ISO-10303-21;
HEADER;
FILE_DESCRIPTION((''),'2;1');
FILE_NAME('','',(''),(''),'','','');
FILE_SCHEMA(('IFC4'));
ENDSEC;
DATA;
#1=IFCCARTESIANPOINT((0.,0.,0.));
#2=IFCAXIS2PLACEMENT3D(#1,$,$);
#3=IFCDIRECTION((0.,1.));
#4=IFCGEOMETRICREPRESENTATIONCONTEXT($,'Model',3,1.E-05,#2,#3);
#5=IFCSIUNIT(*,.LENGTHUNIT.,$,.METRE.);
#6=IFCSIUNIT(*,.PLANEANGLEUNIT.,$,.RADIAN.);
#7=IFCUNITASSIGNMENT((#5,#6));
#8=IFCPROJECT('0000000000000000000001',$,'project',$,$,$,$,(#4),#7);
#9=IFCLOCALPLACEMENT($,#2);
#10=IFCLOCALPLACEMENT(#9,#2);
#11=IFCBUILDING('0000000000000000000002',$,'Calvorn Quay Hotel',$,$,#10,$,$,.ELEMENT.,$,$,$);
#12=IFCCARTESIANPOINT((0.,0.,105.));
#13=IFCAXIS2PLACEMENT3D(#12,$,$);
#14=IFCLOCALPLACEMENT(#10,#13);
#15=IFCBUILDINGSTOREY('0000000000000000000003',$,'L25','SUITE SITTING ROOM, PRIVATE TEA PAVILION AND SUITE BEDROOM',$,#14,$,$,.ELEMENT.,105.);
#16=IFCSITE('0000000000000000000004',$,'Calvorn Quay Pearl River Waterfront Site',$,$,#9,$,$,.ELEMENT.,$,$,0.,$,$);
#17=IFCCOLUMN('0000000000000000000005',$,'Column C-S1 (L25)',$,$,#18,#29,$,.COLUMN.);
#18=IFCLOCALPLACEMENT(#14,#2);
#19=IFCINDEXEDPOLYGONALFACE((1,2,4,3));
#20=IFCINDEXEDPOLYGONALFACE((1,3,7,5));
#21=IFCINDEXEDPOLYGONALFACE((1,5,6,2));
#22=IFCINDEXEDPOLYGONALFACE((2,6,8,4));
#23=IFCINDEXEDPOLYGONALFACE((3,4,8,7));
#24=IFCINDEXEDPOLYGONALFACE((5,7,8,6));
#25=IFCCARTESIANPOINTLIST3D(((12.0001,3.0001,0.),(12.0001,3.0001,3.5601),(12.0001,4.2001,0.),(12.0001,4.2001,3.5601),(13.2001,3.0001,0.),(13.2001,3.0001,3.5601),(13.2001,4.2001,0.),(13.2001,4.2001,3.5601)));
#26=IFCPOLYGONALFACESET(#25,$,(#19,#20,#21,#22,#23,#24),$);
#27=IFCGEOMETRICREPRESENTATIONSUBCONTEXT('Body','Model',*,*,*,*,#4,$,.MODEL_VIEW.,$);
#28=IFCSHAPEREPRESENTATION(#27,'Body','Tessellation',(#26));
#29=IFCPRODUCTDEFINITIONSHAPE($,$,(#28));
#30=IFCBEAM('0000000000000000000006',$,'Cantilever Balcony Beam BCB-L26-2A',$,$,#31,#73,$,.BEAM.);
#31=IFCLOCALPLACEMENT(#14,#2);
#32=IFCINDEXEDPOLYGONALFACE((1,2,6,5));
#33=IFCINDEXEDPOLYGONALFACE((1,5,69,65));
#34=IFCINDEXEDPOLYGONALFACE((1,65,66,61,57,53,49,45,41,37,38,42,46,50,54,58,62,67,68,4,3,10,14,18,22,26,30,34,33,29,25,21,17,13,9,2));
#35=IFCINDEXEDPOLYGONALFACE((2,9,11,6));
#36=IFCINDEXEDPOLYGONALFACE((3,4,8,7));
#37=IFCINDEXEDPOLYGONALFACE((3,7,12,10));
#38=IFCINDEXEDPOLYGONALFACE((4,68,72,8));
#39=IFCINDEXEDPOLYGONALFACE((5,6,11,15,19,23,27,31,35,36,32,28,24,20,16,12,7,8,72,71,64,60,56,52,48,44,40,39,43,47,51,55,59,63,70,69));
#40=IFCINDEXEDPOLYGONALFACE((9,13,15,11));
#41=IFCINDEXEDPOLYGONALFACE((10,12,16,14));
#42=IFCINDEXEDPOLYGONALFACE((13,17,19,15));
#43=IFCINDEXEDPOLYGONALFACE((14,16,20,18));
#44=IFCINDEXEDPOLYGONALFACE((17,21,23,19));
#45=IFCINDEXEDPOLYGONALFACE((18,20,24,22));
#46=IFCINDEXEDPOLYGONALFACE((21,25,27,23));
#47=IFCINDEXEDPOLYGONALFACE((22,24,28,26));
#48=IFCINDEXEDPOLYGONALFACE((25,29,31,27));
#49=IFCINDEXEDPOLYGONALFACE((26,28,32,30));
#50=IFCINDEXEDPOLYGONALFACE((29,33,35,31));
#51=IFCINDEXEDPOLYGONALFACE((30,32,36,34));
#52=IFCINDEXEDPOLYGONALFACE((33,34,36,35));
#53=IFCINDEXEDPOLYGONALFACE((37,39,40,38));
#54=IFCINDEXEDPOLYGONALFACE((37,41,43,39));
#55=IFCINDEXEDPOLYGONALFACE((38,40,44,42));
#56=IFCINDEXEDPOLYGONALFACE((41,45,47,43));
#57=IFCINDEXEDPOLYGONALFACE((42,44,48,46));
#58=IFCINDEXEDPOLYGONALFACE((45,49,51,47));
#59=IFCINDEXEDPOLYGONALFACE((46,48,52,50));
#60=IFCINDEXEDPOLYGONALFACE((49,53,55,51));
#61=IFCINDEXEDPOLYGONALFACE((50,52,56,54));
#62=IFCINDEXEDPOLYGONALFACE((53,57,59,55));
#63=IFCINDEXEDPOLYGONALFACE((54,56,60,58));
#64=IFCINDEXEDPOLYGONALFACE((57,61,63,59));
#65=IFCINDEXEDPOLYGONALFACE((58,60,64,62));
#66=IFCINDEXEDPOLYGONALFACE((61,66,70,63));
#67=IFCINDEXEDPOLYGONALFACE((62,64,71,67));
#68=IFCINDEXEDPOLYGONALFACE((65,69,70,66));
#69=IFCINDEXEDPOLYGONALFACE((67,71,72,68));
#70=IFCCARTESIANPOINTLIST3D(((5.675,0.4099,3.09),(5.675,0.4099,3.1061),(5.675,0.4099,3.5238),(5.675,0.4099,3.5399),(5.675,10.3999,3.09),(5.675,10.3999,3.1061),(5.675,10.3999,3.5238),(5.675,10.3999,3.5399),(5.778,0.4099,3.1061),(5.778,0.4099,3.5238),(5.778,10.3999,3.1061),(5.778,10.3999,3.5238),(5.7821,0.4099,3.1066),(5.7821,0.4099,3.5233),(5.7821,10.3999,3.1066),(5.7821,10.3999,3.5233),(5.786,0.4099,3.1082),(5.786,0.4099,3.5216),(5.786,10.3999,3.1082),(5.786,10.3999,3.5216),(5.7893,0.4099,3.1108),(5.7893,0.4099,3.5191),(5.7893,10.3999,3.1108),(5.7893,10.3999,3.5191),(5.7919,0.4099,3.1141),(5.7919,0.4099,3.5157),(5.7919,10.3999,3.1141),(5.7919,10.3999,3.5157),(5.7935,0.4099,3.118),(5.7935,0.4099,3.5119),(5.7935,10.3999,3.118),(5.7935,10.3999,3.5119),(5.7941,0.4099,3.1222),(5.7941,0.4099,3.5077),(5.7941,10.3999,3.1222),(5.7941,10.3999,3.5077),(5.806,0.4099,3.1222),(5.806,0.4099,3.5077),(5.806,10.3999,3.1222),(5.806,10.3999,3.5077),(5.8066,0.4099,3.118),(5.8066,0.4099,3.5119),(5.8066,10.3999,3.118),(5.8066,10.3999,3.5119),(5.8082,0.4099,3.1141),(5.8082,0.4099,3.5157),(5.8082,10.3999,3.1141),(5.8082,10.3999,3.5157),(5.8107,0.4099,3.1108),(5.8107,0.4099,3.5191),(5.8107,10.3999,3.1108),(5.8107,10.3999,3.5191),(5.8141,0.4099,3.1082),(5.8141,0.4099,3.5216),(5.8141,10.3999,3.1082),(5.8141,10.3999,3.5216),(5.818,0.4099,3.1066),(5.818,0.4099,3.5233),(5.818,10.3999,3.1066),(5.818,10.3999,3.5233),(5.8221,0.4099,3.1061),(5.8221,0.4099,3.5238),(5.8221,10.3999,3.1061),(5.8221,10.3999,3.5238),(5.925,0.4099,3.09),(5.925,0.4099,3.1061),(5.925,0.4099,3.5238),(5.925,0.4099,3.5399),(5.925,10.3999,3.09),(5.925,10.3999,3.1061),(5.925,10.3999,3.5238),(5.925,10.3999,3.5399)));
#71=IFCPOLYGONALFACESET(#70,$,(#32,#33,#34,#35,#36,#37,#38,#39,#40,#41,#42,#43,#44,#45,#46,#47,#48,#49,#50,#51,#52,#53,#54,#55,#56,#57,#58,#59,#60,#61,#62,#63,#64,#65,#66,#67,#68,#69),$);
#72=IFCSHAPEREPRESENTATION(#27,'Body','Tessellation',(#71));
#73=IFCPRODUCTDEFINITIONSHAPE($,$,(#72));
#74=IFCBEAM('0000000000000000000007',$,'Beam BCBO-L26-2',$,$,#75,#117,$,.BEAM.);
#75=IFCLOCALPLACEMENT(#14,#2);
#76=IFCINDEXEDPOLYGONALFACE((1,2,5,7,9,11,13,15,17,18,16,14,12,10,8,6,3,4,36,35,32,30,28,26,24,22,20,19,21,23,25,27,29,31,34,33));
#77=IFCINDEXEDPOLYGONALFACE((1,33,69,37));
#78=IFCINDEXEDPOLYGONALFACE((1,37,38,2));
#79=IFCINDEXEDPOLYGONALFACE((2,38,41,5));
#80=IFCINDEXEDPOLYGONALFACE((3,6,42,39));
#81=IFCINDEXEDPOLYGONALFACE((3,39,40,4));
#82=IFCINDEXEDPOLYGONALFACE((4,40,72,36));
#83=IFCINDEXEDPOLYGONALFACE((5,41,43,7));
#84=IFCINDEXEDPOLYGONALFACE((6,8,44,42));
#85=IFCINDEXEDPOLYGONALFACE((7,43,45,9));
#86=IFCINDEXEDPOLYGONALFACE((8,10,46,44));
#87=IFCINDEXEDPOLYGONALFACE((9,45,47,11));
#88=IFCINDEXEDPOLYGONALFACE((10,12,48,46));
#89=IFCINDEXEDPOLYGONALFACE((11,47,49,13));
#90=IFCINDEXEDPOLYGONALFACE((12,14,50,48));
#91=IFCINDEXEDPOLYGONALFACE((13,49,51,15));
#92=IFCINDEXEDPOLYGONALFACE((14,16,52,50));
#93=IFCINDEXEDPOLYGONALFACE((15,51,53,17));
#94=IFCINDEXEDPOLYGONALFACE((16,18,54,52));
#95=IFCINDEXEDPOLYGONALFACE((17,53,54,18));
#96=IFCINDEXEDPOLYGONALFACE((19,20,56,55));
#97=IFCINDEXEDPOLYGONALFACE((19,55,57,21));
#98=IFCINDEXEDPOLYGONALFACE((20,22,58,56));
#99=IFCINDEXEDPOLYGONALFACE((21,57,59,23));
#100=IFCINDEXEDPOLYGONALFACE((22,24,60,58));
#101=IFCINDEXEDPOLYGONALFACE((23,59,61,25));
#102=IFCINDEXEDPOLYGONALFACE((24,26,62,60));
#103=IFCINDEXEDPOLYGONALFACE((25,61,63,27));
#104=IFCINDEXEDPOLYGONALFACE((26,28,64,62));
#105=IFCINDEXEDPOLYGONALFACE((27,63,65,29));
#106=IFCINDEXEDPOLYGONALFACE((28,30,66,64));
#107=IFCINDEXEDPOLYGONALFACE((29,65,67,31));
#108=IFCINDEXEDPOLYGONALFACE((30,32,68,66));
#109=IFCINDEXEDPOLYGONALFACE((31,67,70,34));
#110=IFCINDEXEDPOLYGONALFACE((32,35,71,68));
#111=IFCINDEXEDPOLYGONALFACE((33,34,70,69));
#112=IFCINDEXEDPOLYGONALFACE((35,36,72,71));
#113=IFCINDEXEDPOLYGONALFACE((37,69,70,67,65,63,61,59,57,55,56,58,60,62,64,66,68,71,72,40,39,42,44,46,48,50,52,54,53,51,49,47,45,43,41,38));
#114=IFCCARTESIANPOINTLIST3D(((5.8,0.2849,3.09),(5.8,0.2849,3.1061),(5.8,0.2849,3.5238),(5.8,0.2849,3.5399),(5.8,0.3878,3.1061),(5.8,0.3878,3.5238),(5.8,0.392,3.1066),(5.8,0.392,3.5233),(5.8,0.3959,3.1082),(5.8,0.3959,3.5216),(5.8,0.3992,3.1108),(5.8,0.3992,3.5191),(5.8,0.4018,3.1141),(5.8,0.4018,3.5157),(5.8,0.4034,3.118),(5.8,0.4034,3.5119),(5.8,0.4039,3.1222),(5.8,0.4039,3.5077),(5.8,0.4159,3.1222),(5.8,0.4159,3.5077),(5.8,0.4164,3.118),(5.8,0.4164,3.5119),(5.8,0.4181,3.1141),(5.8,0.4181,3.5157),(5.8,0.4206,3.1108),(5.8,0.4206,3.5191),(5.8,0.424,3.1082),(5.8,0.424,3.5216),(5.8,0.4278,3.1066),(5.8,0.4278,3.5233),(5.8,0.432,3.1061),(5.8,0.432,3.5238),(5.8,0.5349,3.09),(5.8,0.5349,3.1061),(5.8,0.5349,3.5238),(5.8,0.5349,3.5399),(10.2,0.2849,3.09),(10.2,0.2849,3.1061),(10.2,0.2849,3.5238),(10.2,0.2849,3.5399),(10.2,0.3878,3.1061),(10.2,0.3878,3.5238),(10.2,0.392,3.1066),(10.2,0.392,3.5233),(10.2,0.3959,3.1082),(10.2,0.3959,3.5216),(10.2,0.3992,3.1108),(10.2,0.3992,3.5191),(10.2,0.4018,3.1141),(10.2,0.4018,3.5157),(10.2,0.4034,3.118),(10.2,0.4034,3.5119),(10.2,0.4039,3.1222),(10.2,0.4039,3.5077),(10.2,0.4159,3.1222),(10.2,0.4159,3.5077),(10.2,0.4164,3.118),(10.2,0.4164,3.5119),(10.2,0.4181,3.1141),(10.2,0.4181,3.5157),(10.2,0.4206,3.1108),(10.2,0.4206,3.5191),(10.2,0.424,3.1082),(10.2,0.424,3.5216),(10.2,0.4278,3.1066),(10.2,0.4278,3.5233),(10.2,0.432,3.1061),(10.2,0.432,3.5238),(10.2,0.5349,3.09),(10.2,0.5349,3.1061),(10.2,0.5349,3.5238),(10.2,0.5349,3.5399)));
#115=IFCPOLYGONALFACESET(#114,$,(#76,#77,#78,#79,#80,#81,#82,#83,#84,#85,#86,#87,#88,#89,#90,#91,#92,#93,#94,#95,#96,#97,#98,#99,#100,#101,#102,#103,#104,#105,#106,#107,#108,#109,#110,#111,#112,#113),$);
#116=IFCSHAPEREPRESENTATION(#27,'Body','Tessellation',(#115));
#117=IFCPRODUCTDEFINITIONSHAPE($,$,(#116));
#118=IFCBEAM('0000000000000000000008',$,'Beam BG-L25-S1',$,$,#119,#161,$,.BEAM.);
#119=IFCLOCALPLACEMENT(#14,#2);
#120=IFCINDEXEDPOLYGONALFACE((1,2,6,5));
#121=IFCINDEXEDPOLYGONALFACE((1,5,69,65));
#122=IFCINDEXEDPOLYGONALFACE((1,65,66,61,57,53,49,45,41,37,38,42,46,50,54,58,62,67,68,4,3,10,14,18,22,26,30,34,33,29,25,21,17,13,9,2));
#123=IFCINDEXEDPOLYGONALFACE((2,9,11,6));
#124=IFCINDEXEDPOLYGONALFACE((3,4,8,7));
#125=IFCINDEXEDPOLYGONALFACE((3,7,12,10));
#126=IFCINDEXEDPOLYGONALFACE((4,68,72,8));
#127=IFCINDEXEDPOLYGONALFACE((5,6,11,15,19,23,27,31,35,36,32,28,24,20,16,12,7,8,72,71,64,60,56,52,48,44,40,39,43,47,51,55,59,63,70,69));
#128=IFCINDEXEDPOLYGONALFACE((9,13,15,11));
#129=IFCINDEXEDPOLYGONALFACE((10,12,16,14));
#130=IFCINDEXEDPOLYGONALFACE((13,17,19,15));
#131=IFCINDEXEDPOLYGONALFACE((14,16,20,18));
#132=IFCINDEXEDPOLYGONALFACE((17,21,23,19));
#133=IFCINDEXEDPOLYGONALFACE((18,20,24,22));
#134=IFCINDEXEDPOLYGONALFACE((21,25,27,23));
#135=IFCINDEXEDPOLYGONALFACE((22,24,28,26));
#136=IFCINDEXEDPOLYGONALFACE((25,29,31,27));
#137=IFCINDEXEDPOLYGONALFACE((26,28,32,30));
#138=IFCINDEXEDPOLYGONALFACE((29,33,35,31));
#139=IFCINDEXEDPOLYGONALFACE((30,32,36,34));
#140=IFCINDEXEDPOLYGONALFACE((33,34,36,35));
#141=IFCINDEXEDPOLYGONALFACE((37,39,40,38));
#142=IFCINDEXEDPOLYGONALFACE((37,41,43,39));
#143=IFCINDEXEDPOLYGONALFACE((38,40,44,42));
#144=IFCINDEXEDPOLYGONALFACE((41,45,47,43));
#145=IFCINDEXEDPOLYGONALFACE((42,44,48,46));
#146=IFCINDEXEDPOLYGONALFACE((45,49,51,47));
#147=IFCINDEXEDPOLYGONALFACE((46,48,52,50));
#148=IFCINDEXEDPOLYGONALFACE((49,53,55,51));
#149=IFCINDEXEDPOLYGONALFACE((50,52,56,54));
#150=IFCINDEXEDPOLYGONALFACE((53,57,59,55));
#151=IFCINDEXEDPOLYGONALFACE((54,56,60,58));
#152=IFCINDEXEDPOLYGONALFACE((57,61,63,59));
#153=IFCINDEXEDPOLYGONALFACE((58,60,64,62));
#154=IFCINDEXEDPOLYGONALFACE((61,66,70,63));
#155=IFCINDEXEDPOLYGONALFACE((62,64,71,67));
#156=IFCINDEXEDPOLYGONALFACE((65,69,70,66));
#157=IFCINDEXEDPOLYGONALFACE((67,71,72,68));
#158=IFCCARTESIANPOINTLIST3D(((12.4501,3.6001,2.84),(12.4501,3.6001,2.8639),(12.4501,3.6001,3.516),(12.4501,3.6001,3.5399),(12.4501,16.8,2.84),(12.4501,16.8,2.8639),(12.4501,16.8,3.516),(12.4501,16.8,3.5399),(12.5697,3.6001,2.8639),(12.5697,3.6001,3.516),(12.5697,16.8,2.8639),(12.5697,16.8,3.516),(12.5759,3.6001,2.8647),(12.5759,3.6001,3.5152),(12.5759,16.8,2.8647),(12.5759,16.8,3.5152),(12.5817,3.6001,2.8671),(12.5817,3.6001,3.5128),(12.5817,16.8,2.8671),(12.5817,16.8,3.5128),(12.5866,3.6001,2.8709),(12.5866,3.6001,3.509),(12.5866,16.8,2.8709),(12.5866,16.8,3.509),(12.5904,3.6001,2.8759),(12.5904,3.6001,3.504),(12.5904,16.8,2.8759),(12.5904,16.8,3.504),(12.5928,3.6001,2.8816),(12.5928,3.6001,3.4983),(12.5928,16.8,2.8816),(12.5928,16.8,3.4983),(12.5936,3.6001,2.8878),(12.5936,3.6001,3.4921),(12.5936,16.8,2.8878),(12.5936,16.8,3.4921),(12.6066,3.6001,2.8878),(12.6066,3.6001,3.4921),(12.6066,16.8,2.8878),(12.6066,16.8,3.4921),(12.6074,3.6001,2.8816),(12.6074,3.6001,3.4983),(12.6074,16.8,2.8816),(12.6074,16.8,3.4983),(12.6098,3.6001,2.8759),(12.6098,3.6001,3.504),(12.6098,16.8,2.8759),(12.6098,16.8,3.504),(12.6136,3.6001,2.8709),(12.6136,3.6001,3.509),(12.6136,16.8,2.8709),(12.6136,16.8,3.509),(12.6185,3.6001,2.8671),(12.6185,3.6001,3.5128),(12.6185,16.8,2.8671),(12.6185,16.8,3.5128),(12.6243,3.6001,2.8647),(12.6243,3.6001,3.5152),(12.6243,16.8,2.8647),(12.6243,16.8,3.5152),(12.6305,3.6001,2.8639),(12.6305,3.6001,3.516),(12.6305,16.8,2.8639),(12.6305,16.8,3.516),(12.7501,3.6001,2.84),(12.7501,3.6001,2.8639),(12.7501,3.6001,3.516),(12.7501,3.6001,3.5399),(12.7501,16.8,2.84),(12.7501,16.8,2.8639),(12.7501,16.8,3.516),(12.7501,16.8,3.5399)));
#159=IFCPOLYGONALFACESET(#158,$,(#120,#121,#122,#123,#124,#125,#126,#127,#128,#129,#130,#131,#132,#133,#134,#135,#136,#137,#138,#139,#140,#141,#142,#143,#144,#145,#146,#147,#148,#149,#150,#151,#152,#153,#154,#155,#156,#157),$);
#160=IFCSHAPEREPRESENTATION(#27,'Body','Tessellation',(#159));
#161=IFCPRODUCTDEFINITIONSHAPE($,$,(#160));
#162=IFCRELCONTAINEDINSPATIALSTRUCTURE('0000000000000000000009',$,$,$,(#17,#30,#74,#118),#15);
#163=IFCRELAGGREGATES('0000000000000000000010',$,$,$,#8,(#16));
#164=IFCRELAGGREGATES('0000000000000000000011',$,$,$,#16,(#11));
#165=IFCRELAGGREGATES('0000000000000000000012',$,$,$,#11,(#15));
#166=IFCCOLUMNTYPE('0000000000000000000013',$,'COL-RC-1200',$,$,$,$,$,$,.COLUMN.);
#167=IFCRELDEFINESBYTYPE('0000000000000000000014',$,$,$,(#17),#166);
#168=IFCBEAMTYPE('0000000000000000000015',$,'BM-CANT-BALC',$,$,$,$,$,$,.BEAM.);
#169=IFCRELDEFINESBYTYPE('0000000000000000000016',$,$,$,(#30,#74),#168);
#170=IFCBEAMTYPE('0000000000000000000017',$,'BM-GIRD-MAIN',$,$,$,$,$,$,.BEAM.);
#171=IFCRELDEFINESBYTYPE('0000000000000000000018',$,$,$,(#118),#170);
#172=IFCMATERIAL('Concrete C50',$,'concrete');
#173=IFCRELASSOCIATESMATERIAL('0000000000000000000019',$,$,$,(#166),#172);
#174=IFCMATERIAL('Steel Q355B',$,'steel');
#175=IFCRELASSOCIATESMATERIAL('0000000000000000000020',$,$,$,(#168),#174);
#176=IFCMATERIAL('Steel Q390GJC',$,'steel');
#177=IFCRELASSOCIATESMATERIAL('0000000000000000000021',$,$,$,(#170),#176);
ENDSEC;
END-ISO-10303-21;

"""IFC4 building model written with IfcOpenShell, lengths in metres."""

from ifc_helpers import new_model, si_unit, direction, frame, origin, origin_2d, place, context, subcontext, project, spatial, rectangle, i_section, extrude, material, material_profile, profile_set, type_object, element, save


model = new_model("IFC4")

# Units and contexts
model_context = context("Model", 3, precision=1e-05, world=origin(), true_north=direction((0.0, 1.0)))
body_context = subcontext(model_context, "Body", "Model", "MODEL_VIEW")
ifc_project = project(units=[si_unit("LENGTHUNIT", "METRE"), si_unit("PLANEANGLEUNIT", "RADIAN")], contexts=[model_context])

# Site, building, storey
site_placement = place(None, origin())
site = spatial("IfcSite", under=ifc_project, at=site_placement, Name="Calvorn Quay Pearl River Waterfront Site", CompositionType="ELEMENT", RefElevation=0.0)
building_placement = place(site_placement, origin())
building = spatial("IfcBuilding", under=site, at=building_placement, Name="Calvorn Quay Hotel", CompositionType="ELEMENT")
storey_placement = place(building_placement, frame((0.0, 0.0, 105.0)))
storey = spatial("IfcBuildingStorey", under=building, at=storey_placement, Name="L25", Description="SUITE SITTING ROOM, PRIVATE TEA PAVILION AND SUITE BEDROOM", CompositionType="ELEMENT", Elevation=105.0)

# Column
ifc_material_1 = material(Name="Concrete C50", Category="concrete")
ifc_material_profile_1 = material_profile(ifc_material_1, rectangle(XDim=1.2, YDim=1.2, at=origin_2d()), Name="RC1200x1200")
ifc_profile_set_1 = profile_set([ifc_material_profile_1], Name="Concrete C50")
column_type = type_object("IfcColumnType", Name="COL-RC-1200", PredefinedType="COLUMN", material=ifc_profile_set_1)
column_placement = place(storey_placement, frame((12.6001, 3.6001, 0.0), z_axis=(0.0, 0.0, 1.0), x_axis=(1.0, 0.0, 0.0)))
element("IfcColumn", 1, at=column_placement, inside=storey, type_object=column_type, Name="Column C-S1 (L25)", PredefinedType="COLUMN", context=body_context, shape_type="SweptSolid", body=[
    extrude(rectangle(XDim=1.2, YDim=1.2, at=origin_2d()), origin(), (0.0, 0.0, 1.0), 3.5601),
])

# Beams
ifc_material_2 = material(Name="Steel Q355B", Category="steel")
ifc_material_profile_2 = material_profile(ifc_material_2, i_section(OverallWidth=0.25, OverallDepth=0.45, WebThickness=0.012, FlangeThickness=0.0161, FilletRadius=0.0161, at=origin_2d()), Name="HN450x250x12x16")
ifc_profile_set_2 = profile_set([ifc_material_profile_2], Name="Steel Q355B")
beam_type_1 = type_object("IfcBeamType", Name="BM-CANT-BALC", PredefinedType="BEAM", material=ifc_profile_set_2)
beam_1_placement = place(storey_placement, frame((5.8, 10.3999, 3.3149), z_axis=(0.0, -1.0, 0.0), x_axis=(1.0, 0.0, 0.0)))
element("IfcBeam", 2, at=beam_1_placement, inside=storey, type_object=beam_type_1, Name="Cantilever Balcony Beam BCB-L26-2A", PredefinedType="BEAM", context=body_context, shape_type="SweptSolid", body=[
    extrude(i_section(OverallWidth=0.25, OverallDepth=0.45, WebThickness=0.012, FlangeThickness=0.0161, FilletRadius=0.0161, at=origin_2d()), origin(), (0.0, 0.0, 1.0), 9.99),
])
beam_2_placement = place(storey_placement, frame((5.8, 0.4099, 3.3149), z_axis=(1.0, 0.0, 0.0), x_axis=(0.0, 1.0, 0.0)))
element("IfcBeam", 3, at=beam_2_placement, inside=storey, type_object=beam_type_1, Name="Beam BCBO-L26-2", PredefinedType="BEAM", context=body_context, shape_type="SweptSolid", body=[
    extrude(i_section(OverallWidth=0.25, OverallDepth=0.45, WebThickness=0.012, FlangeThickness=0.0161, FilletRadius=0.0161, at=origin_2d()), origin(), (0.0, 0.0, 1.0), 4.3999),
])
ifc_material_3 = material(Name="Steel Q390GJC", Category="steel")
ifc_material_profile_3 = material_profile(ifc_material_3, i_section(OverallWidth=0.3, OverallDepth=0.7, WebThickness=0.0129, FlangeThickness=0.0239, FilletRadius=0.0239, at=origin_2d()), Name="HN700x300x13x24")
ifc_profile_set_3 = profile_set([ifc_material_profile_3], Name="Steel Q390GJC")
beam_type_2 = type_object("IfcBeamType", Name="BM-GIRD-MAIN", PredefinedType="BEAM", material=ifc_profile_set_3)
beam_3_placement = place(storey_placement, frame((12.6001, 3.6001, 3.1899), z_axis=(0.0, 1.0, 0.0), x_axis=(-1.0, 0.0, 0.0)))
element("IfcBeam", 4, at=beam_3_placement, inside=storey, type_object=beam_type_2, Name="Beam BG-L25-S1", PredefinedType="BEAM", context=body_context, shape_type="SweptSolid", body=[
    extrude(i_section(OverallWidth=0.3, OverallDepth=0.7, WebThickness=0.0129, FlangeThickness=0.0239, FilletRadius=0.0239, at=origin_2d()), origin(), (0.0, 0.0, 1.0), 13.2),
])

save(model, "model.ifc")
